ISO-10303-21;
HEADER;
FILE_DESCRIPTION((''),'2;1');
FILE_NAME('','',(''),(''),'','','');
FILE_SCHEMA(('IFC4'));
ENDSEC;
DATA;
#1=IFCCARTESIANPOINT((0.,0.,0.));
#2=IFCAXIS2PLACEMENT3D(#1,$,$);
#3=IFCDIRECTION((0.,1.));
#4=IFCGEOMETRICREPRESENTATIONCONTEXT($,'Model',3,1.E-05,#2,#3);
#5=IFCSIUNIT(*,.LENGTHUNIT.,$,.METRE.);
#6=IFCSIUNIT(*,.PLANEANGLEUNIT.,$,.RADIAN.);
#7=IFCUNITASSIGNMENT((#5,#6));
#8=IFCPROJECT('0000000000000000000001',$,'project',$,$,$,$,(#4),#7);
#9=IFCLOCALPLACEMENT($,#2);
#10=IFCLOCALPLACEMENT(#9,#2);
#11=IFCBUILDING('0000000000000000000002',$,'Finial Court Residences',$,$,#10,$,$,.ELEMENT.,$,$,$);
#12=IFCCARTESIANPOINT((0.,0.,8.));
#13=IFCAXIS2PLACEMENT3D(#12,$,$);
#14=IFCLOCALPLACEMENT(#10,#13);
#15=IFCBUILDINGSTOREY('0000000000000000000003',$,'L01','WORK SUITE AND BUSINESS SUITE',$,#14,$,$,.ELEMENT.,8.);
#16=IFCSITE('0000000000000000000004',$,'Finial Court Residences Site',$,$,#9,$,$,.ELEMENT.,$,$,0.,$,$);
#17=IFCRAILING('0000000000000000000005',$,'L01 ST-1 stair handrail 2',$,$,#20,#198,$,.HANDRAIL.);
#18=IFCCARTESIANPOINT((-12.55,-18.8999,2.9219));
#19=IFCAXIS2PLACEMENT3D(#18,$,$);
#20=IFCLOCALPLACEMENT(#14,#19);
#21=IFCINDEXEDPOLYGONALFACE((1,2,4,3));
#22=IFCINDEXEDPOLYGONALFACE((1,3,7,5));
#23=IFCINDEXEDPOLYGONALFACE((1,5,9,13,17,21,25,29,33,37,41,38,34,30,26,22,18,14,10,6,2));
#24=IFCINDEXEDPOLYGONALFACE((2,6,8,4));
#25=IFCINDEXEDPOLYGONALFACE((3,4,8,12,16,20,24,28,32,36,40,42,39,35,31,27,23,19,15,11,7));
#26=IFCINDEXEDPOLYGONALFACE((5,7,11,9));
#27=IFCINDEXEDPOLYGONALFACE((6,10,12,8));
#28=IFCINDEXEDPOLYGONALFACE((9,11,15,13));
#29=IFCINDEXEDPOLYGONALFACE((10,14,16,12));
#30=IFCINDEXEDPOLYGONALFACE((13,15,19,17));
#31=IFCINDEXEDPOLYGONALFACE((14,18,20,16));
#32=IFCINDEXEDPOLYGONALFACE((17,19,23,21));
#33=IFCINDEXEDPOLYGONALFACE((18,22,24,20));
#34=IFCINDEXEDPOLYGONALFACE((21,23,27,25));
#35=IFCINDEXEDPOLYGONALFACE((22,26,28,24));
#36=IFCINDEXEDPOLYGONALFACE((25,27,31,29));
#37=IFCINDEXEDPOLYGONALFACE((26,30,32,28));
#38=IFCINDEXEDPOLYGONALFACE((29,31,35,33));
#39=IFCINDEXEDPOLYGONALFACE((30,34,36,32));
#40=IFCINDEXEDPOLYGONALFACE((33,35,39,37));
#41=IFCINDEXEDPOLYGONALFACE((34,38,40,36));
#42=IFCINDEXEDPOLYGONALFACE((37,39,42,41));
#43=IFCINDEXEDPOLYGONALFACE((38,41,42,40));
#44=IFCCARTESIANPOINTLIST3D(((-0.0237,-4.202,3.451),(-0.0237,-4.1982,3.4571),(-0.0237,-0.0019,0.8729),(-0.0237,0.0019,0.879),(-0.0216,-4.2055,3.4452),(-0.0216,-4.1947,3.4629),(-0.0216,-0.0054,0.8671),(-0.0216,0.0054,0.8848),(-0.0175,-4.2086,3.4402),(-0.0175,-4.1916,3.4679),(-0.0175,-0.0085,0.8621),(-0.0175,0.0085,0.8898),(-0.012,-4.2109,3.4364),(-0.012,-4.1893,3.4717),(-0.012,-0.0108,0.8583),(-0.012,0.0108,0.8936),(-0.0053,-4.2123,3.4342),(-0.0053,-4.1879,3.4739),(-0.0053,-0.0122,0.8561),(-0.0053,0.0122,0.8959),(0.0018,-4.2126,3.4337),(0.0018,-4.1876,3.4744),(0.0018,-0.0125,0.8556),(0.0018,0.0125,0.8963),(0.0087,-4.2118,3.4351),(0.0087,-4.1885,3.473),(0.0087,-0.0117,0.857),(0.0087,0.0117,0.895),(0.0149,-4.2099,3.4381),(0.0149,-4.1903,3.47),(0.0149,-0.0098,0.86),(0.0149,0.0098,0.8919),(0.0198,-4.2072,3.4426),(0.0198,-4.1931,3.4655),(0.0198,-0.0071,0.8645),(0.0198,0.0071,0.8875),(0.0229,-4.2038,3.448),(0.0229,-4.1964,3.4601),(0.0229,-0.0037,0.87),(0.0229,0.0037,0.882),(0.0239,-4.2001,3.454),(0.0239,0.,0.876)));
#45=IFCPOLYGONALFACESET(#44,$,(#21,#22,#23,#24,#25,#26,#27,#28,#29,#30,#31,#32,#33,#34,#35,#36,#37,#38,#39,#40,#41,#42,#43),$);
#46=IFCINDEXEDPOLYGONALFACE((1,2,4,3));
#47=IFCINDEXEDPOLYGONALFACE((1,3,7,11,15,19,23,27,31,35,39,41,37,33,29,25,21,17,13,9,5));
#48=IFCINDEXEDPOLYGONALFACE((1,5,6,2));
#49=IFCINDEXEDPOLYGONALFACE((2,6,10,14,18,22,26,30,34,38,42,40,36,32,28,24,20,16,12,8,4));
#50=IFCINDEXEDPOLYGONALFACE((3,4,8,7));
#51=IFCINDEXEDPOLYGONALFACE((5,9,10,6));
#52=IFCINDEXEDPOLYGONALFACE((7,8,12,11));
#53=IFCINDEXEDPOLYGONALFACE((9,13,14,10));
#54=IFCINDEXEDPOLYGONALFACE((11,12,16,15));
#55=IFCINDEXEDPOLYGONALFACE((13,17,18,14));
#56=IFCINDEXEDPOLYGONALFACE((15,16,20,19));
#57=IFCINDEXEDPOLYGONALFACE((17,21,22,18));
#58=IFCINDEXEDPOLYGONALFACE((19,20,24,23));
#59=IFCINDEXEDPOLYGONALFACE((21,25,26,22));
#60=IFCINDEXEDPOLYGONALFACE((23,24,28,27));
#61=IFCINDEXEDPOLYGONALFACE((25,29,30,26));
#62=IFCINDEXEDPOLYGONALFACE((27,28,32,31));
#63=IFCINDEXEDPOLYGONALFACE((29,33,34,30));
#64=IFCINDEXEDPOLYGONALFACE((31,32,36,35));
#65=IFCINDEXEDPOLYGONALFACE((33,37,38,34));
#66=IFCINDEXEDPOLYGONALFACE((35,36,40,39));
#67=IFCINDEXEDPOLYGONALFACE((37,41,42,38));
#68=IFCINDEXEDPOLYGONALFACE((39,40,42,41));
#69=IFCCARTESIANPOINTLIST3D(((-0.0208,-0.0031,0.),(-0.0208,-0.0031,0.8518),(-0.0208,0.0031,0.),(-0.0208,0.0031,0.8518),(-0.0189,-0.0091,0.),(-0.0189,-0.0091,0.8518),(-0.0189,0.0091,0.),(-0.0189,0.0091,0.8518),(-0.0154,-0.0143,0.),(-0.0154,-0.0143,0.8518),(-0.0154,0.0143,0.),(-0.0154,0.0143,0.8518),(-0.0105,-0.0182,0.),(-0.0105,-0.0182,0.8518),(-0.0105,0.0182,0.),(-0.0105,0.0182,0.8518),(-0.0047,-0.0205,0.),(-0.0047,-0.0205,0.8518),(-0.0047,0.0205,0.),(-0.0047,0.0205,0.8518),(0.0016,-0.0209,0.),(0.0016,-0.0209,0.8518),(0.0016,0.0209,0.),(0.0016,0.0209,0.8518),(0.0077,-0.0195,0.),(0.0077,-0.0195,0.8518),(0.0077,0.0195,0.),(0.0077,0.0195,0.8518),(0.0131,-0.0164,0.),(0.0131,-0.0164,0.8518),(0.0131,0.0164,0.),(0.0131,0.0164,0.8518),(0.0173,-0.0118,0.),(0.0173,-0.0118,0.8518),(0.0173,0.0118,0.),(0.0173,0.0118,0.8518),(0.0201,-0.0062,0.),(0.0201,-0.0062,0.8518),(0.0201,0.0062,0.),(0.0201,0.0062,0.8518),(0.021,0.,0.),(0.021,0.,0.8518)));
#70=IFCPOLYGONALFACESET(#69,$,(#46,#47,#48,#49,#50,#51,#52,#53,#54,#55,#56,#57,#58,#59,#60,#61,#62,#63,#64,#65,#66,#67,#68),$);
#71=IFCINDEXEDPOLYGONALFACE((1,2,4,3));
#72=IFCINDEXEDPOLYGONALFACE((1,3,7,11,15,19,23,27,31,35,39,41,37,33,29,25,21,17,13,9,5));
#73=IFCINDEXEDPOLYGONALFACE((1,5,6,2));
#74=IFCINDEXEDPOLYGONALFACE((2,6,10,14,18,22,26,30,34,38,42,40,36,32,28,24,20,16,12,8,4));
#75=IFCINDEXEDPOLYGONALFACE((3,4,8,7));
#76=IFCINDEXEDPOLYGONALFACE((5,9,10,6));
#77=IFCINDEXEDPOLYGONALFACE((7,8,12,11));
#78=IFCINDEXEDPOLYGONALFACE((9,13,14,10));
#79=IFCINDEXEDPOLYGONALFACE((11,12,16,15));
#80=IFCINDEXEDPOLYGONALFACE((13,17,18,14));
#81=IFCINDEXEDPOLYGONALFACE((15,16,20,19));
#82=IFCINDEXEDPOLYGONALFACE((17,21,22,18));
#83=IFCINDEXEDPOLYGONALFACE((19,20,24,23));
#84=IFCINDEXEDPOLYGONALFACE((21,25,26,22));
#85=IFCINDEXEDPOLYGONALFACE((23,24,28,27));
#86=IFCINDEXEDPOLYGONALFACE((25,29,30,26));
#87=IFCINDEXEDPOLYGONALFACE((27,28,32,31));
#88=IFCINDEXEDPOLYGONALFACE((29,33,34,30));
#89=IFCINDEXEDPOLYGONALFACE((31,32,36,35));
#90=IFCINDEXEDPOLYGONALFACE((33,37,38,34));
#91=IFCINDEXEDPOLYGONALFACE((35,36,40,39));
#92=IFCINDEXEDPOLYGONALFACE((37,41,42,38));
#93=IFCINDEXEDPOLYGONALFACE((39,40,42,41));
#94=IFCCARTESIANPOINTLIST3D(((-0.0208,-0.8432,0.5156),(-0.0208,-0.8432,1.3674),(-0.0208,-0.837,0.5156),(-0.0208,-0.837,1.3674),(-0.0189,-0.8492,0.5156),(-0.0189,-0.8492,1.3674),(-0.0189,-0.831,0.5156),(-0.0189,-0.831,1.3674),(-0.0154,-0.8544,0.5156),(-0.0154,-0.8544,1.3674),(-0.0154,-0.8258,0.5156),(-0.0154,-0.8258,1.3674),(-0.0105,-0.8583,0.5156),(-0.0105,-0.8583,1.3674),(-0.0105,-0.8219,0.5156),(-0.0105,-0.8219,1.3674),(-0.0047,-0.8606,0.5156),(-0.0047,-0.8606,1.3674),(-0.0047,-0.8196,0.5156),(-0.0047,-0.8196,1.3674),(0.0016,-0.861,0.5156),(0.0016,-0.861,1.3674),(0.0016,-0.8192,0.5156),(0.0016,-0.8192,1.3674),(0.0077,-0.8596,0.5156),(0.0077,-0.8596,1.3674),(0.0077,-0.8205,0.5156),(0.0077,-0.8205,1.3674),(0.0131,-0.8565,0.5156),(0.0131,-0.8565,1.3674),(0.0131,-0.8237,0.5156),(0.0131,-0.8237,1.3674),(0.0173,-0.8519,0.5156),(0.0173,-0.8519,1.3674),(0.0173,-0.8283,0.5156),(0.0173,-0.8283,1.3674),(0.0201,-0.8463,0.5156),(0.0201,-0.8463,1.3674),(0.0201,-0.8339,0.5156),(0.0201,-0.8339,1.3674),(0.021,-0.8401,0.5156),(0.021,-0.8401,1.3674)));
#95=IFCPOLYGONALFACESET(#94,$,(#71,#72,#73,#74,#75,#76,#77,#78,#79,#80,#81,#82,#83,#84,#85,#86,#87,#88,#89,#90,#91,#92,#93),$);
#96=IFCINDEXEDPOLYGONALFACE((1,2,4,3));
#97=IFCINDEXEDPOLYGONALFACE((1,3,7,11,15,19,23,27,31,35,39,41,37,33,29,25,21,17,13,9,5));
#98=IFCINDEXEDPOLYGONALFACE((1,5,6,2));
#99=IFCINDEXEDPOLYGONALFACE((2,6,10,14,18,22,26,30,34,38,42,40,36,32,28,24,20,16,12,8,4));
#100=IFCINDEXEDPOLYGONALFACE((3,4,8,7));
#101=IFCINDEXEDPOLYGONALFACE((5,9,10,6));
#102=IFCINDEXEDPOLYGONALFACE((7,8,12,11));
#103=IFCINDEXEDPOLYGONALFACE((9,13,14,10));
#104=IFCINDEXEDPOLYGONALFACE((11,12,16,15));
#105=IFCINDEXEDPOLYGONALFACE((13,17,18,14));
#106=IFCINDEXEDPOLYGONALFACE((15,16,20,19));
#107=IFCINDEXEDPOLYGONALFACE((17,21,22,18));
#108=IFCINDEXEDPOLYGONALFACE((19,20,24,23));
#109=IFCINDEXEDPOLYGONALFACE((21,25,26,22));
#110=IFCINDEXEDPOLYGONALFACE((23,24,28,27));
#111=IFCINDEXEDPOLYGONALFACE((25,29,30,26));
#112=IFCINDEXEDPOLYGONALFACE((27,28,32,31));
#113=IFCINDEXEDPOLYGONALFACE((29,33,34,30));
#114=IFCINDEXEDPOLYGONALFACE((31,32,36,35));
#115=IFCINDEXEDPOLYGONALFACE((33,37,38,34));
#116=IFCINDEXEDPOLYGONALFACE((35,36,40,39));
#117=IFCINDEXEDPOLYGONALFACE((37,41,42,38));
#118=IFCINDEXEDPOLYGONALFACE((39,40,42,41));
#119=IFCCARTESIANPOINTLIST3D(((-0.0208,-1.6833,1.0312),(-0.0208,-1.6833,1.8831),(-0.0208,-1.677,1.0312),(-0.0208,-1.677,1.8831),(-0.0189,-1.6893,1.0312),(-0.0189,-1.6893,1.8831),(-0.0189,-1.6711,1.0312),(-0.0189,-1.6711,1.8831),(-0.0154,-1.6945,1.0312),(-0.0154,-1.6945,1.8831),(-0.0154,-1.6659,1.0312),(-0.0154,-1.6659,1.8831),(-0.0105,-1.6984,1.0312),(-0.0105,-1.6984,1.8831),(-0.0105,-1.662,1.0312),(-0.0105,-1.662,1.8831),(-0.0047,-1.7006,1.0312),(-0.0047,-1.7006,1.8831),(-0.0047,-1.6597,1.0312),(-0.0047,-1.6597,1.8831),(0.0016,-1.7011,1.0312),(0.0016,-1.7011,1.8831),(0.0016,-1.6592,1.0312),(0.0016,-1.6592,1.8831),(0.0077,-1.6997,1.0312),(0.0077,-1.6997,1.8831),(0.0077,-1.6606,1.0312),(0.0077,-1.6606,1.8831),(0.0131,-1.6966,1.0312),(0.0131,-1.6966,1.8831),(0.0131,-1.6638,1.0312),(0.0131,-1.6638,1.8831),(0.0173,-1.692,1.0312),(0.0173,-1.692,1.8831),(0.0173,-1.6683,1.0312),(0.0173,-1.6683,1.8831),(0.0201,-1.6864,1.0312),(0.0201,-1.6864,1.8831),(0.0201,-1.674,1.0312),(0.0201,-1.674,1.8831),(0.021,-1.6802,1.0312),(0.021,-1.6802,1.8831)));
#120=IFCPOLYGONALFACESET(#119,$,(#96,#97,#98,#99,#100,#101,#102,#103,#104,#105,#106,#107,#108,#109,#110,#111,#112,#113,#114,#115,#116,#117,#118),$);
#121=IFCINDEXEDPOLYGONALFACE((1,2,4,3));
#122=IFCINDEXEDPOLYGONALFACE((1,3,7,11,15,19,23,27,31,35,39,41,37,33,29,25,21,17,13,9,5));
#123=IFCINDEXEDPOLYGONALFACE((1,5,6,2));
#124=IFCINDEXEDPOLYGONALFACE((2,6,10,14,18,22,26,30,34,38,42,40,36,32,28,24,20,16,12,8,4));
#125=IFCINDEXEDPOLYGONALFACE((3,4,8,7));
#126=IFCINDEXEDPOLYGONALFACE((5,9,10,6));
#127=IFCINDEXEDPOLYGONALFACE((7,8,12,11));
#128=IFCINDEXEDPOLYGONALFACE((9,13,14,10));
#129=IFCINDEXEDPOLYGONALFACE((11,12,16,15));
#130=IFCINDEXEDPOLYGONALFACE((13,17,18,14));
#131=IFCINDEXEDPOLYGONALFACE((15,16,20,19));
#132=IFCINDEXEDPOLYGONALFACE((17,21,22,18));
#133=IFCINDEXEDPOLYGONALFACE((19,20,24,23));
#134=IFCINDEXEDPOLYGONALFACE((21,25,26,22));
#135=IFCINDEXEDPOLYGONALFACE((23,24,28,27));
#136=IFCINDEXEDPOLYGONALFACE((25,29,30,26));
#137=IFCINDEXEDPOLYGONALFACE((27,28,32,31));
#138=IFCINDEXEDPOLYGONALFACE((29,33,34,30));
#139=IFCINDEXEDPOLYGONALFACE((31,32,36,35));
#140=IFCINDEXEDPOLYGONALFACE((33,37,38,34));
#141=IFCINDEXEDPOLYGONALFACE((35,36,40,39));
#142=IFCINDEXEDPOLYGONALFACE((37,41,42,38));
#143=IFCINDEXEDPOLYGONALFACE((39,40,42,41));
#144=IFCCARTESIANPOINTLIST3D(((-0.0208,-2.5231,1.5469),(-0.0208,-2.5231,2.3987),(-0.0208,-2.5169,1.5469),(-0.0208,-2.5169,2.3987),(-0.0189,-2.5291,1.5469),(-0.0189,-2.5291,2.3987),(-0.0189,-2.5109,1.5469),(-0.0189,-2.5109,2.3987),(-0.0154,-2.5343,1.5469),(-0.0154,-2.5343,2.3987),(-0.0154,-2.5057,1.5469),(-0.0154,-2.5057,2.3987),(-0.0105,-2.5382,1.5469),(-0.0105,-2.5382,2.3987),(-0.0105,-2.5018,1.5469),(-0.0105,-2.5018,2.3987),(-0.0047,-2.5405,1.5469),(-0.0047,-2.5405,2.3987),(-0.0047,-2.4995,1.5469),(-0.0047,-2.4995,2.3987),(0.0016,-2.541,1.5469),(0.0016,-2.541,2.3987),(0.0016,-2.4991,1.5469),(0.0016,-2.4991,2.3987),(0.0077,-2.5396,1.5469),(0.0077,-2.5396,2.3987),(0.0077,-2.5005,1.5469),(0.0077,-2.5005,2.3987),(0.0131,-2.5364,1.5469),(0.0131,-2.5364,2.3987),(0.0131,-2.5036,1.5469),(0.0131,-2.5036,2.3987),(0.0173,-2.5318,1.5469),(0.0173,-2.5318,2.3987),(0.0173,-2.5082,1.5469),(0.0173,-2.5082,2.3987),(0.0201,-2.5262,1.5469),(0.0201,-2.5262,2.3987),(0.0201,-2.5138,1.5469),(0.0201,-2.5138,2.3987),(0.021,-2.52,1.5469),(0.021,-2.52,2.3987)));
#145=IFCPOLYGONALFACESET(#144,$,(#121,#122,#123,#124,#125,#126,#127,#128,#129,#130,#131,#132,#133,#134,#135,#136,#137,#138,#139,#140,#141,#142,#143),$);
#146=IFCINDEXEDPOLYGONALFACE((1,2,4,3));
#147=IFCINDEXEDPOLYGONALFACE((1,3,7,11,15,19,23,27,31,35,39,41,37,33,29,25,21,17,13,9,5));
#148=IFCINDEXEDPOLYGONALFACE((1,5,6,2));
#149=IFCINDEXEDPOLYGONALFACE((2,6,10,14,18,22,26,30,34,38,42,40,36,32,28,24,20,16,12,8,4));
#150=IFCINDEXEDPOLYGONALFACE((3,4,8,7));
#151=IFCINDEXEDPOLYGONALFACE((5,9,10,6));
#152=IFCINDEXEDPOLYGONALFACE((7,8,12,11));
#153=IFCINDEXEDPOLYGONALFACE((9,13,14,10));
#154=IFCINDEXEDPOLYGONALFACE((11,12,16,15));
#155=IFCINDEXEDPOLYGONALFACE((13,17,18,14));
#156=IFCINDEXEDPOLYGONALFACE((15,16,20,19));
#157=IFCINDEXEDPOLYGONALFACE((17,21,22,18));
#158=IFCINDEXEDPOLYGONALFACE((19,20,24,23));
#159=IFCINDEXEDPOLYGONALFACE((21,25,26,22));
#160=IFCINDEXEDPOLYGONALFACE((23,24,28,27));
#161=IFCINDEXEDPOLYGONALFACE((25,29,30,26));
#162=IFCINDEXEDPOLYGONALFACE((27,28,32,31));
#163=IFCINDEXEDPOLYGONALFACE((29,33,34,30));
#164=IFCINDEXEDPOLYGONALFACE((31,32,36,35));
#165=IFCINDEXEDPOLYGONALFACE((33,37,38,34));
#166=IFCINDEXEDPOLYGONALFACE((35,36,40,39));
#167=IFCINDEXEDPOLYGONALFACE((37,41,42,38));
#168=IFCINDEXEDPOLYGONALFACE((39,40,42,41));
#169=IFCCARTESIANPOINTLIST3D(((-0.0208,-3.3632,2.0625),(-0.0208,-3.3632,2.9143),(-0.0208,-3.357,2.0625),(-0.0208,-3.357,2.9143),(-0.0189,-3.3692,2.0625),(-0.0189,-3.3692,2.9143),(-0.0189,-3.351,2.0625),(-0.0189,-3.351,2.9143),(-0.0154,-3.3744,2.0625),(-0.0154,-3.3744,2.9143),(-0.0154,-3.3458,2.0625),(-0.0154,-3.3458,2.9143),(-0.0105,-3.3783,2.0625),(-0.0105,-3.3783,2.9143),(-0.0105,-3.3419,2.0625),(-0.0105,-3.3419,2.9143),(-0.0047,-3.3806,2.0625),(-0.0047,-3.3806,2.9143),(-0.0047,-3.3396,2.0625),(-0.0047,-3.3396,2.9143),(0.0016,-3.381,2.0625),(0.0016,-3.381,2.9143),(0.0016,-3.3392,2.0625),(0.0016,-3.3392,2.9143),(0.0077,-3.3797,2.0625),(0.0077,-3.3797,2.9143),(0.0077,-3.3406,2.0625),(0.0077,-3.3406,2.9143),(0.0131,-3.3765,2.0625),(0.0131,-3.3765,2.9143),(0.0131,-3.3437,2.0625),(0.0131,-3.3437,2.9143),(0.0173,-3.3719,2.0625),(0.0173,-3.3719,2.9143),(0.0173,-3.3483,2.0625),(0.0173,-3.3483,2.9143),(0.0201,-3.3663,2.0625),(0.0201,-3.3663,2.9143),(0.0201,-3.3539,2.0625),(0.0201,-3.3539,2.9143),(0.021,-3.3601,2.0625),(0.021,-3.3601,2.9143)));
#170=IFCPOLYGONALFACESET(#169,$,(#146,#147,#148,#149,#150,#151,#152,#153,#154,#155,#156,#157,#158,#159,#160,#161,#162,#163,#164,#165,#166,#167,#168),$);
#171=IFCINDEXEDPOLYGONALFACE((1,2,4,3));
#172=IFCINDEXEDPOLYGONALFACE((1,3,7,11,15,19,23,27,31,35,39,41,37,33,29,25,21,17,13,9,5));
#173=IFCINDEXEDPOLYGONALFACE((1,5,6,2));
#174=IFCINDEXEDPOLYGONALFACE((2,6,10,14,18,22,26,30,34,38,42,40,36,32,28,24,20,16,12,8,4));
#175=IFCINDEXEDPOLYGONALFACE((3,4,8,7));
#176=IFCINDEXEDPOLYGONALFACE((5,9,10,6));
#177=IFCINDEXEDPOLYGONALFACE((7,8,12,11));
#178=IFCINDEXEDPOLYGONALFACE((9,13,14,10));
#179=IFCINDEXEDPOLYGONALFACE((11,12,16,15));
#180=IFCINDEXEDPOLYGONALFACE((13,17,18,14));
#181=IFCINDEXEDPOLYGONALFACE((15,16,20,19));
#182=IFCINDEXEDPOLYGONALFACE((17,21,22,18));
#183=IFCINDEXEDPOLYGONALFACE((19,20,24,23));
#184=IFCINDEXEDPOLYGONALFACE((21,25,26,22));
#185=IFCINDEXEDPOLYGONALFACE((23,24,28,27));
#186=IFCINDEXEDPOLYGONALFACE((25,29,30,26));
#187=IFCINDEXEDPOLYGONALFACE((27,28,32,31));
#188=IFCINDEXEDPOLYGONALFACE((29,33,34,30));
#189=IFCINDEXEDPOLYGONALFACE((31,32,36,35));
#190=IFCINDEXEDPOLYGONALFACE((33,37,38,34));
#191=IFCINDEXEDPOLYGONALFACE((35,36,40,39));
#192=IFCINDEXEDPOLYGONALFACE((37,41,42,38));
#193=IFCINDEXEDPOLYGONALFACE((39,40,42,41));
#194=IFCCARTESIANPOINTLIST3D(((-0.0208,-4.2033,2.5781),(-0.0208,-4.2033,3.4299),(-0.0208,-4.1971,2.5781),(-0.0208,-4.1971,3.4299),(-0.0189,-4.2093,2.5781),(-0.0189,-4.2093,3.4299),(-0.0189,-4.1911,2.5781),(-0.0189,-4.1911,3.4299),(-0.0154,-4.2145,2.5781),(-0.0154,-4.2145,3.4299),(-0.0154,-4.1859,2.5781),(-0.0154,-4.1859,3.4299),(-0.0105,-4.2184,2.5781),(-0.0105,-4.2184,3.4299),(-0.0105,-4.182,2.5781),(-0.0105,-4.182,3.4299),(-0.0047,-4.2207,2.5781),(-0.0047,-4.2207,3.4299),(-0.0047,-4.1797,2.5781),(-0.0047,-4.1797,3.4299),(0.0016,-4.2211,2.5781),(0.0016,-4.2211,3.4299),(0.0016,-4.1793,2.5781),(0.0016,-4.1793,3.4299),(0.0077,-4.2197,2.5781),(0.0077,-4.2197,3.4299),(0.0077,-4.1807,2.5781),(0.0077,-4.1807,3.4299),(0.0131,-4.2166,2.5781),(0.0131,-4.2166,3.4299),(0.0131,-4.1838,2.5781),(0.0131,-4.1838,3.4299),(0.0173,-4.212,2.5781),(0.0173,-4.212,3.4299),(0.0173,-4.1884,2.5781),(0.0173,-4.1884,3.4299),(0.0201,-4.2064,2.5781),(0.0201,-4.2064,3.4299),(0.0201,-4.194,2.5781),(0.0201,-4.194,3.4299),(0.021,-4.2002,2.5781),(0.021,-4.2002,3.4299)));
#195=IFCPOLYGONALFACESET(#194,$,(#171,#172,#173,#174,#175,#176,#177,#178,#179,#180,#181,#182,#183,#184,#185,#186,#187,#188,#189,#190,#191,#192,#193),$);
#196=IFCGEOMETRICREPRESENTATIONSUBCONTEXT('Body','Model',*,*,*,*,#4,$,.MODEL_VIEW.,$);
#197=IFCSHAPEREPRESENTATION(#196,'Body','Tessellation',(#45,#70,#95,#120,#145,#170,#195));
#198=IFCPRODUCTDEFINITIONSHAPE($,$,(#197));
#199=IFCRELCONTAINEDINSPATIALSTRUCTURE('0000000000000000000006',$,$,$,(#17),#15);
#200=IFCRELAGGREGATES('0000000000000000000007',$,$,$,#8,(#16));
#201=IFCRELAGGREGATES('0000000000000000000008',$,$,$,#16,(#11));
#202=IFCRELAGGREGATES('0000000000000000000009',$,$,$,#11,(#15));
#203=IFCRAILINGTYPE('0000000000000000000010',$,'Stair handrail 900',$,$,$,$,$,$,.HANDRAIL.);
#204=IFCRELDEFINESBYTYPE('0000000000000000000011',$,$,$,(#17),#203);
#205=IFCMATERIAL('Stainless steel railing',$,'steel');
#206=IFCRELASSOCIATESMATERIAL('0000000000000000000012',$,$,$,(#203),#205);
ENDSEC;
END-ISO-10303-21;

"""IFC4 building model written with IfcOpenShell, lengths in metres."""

from ifc_helpers import new_model, si_unit, direction, frame, origin, origin_2d, place, context, subcontext, project, spatial, circle, extrude, material, type_object, element, save


model = new_model("IFC4")

# Units and contexts
model_context = context("Model", 3, precision=1e-05, world=origin(), true_north=direction((0.0, 1.0)))
body_context = subcontext(model_context, "Body", "Model", "MODEL_VIEW")
ifc_project = project(units=[si_unit("LENGTHUNIT", "METRE"), si_unit("PLANEANGLEUNIT", "RADIAN")], contexts=[model_context])

# Site, building, storey
site_placement = place(None, origin())
site = spatial("IfcSite", under=ifc_project, at=site_placement, Name="Finial Court Residences Site", CompositionType="ELEMENT", RefElevation=0.0)
building_placement = place(site_placement, origin())
building = spatial("IfcBuilding", under=site, at=building_placement, Name="Finial Court Residences", CompositionType="ELEMENT")
storey_placement = place(building_placement, frame((0.0, 0.0, 8.0)))
storey = spatial("IfcBuildingStorey", under=building, at=storey_placement, Name="L01", Description="WORK SUITE AND BUSINESS SUITE", CompositionType="ELEMENT", Elevation=8.0)

# Railing
ifc_material_1 = material(Name="Stainless steel railing", Category="steel")
railing_type = type_object("IfcRailingType", Name="Stair handrail 900", PredefinedType="HANDRAIL", material=ifc_material_1)
railing_placement = place(storey_placement, frame((-12.55, -18.8999, 2.9219)))
element("IfcRailing", 1, at=railing_placement, inside=storey, type_object=railing_type, Name="L01 ST-1 stair handrail 2", PredefinedType="HANDRAIL", context=body_context, shape_type="SweptSolid", body=[
    extrude(circle(Radius=0.0239, at=origin_2d()), frame((0.0, 0.0, 0.876), z_axis=(0.0, -0.852256, 0.523124), x_axis=(1.0, 0.0, 0.0)), (0.0, 0.0, 1.0), 4.9282),
    extrude(circle(Radius=0.021, at=origin_2d()), origin(), (0.0, 0.0, 1.0), 0.8518),
    extrude(circle(Radius=0.021, at=origin_2d()), frame((0.0, -0.8401, 0.5156)), (0.0, 0.0, 1.0), 0.8518),
    extrude(circle(Radius=0.021, at=origin_2d()), frame((0.0, -1.6802, 1.0312)), (0.0, 0.0, 1.0), 0.8518),
    extrude(circle(Radius=0.021, at=origin_2d()), frame((0.0, -2.52, 1.5469)), (0.0, 0.0, 1.0), 0.8518),
    extrude(circle(Radius=0.021, at=origin_2d()), frame((0.0, -3.3601, 2.0625)), (0.0, 0.0, 1.0), 0.8518),
    extrude(circle(Radius=0.021, at=origin_2d()), frame((0.0, -4.2002, 2.5781)), (0.0, 0.0, 1.0), 0.8518),
])

save(model, "model.ifc")
